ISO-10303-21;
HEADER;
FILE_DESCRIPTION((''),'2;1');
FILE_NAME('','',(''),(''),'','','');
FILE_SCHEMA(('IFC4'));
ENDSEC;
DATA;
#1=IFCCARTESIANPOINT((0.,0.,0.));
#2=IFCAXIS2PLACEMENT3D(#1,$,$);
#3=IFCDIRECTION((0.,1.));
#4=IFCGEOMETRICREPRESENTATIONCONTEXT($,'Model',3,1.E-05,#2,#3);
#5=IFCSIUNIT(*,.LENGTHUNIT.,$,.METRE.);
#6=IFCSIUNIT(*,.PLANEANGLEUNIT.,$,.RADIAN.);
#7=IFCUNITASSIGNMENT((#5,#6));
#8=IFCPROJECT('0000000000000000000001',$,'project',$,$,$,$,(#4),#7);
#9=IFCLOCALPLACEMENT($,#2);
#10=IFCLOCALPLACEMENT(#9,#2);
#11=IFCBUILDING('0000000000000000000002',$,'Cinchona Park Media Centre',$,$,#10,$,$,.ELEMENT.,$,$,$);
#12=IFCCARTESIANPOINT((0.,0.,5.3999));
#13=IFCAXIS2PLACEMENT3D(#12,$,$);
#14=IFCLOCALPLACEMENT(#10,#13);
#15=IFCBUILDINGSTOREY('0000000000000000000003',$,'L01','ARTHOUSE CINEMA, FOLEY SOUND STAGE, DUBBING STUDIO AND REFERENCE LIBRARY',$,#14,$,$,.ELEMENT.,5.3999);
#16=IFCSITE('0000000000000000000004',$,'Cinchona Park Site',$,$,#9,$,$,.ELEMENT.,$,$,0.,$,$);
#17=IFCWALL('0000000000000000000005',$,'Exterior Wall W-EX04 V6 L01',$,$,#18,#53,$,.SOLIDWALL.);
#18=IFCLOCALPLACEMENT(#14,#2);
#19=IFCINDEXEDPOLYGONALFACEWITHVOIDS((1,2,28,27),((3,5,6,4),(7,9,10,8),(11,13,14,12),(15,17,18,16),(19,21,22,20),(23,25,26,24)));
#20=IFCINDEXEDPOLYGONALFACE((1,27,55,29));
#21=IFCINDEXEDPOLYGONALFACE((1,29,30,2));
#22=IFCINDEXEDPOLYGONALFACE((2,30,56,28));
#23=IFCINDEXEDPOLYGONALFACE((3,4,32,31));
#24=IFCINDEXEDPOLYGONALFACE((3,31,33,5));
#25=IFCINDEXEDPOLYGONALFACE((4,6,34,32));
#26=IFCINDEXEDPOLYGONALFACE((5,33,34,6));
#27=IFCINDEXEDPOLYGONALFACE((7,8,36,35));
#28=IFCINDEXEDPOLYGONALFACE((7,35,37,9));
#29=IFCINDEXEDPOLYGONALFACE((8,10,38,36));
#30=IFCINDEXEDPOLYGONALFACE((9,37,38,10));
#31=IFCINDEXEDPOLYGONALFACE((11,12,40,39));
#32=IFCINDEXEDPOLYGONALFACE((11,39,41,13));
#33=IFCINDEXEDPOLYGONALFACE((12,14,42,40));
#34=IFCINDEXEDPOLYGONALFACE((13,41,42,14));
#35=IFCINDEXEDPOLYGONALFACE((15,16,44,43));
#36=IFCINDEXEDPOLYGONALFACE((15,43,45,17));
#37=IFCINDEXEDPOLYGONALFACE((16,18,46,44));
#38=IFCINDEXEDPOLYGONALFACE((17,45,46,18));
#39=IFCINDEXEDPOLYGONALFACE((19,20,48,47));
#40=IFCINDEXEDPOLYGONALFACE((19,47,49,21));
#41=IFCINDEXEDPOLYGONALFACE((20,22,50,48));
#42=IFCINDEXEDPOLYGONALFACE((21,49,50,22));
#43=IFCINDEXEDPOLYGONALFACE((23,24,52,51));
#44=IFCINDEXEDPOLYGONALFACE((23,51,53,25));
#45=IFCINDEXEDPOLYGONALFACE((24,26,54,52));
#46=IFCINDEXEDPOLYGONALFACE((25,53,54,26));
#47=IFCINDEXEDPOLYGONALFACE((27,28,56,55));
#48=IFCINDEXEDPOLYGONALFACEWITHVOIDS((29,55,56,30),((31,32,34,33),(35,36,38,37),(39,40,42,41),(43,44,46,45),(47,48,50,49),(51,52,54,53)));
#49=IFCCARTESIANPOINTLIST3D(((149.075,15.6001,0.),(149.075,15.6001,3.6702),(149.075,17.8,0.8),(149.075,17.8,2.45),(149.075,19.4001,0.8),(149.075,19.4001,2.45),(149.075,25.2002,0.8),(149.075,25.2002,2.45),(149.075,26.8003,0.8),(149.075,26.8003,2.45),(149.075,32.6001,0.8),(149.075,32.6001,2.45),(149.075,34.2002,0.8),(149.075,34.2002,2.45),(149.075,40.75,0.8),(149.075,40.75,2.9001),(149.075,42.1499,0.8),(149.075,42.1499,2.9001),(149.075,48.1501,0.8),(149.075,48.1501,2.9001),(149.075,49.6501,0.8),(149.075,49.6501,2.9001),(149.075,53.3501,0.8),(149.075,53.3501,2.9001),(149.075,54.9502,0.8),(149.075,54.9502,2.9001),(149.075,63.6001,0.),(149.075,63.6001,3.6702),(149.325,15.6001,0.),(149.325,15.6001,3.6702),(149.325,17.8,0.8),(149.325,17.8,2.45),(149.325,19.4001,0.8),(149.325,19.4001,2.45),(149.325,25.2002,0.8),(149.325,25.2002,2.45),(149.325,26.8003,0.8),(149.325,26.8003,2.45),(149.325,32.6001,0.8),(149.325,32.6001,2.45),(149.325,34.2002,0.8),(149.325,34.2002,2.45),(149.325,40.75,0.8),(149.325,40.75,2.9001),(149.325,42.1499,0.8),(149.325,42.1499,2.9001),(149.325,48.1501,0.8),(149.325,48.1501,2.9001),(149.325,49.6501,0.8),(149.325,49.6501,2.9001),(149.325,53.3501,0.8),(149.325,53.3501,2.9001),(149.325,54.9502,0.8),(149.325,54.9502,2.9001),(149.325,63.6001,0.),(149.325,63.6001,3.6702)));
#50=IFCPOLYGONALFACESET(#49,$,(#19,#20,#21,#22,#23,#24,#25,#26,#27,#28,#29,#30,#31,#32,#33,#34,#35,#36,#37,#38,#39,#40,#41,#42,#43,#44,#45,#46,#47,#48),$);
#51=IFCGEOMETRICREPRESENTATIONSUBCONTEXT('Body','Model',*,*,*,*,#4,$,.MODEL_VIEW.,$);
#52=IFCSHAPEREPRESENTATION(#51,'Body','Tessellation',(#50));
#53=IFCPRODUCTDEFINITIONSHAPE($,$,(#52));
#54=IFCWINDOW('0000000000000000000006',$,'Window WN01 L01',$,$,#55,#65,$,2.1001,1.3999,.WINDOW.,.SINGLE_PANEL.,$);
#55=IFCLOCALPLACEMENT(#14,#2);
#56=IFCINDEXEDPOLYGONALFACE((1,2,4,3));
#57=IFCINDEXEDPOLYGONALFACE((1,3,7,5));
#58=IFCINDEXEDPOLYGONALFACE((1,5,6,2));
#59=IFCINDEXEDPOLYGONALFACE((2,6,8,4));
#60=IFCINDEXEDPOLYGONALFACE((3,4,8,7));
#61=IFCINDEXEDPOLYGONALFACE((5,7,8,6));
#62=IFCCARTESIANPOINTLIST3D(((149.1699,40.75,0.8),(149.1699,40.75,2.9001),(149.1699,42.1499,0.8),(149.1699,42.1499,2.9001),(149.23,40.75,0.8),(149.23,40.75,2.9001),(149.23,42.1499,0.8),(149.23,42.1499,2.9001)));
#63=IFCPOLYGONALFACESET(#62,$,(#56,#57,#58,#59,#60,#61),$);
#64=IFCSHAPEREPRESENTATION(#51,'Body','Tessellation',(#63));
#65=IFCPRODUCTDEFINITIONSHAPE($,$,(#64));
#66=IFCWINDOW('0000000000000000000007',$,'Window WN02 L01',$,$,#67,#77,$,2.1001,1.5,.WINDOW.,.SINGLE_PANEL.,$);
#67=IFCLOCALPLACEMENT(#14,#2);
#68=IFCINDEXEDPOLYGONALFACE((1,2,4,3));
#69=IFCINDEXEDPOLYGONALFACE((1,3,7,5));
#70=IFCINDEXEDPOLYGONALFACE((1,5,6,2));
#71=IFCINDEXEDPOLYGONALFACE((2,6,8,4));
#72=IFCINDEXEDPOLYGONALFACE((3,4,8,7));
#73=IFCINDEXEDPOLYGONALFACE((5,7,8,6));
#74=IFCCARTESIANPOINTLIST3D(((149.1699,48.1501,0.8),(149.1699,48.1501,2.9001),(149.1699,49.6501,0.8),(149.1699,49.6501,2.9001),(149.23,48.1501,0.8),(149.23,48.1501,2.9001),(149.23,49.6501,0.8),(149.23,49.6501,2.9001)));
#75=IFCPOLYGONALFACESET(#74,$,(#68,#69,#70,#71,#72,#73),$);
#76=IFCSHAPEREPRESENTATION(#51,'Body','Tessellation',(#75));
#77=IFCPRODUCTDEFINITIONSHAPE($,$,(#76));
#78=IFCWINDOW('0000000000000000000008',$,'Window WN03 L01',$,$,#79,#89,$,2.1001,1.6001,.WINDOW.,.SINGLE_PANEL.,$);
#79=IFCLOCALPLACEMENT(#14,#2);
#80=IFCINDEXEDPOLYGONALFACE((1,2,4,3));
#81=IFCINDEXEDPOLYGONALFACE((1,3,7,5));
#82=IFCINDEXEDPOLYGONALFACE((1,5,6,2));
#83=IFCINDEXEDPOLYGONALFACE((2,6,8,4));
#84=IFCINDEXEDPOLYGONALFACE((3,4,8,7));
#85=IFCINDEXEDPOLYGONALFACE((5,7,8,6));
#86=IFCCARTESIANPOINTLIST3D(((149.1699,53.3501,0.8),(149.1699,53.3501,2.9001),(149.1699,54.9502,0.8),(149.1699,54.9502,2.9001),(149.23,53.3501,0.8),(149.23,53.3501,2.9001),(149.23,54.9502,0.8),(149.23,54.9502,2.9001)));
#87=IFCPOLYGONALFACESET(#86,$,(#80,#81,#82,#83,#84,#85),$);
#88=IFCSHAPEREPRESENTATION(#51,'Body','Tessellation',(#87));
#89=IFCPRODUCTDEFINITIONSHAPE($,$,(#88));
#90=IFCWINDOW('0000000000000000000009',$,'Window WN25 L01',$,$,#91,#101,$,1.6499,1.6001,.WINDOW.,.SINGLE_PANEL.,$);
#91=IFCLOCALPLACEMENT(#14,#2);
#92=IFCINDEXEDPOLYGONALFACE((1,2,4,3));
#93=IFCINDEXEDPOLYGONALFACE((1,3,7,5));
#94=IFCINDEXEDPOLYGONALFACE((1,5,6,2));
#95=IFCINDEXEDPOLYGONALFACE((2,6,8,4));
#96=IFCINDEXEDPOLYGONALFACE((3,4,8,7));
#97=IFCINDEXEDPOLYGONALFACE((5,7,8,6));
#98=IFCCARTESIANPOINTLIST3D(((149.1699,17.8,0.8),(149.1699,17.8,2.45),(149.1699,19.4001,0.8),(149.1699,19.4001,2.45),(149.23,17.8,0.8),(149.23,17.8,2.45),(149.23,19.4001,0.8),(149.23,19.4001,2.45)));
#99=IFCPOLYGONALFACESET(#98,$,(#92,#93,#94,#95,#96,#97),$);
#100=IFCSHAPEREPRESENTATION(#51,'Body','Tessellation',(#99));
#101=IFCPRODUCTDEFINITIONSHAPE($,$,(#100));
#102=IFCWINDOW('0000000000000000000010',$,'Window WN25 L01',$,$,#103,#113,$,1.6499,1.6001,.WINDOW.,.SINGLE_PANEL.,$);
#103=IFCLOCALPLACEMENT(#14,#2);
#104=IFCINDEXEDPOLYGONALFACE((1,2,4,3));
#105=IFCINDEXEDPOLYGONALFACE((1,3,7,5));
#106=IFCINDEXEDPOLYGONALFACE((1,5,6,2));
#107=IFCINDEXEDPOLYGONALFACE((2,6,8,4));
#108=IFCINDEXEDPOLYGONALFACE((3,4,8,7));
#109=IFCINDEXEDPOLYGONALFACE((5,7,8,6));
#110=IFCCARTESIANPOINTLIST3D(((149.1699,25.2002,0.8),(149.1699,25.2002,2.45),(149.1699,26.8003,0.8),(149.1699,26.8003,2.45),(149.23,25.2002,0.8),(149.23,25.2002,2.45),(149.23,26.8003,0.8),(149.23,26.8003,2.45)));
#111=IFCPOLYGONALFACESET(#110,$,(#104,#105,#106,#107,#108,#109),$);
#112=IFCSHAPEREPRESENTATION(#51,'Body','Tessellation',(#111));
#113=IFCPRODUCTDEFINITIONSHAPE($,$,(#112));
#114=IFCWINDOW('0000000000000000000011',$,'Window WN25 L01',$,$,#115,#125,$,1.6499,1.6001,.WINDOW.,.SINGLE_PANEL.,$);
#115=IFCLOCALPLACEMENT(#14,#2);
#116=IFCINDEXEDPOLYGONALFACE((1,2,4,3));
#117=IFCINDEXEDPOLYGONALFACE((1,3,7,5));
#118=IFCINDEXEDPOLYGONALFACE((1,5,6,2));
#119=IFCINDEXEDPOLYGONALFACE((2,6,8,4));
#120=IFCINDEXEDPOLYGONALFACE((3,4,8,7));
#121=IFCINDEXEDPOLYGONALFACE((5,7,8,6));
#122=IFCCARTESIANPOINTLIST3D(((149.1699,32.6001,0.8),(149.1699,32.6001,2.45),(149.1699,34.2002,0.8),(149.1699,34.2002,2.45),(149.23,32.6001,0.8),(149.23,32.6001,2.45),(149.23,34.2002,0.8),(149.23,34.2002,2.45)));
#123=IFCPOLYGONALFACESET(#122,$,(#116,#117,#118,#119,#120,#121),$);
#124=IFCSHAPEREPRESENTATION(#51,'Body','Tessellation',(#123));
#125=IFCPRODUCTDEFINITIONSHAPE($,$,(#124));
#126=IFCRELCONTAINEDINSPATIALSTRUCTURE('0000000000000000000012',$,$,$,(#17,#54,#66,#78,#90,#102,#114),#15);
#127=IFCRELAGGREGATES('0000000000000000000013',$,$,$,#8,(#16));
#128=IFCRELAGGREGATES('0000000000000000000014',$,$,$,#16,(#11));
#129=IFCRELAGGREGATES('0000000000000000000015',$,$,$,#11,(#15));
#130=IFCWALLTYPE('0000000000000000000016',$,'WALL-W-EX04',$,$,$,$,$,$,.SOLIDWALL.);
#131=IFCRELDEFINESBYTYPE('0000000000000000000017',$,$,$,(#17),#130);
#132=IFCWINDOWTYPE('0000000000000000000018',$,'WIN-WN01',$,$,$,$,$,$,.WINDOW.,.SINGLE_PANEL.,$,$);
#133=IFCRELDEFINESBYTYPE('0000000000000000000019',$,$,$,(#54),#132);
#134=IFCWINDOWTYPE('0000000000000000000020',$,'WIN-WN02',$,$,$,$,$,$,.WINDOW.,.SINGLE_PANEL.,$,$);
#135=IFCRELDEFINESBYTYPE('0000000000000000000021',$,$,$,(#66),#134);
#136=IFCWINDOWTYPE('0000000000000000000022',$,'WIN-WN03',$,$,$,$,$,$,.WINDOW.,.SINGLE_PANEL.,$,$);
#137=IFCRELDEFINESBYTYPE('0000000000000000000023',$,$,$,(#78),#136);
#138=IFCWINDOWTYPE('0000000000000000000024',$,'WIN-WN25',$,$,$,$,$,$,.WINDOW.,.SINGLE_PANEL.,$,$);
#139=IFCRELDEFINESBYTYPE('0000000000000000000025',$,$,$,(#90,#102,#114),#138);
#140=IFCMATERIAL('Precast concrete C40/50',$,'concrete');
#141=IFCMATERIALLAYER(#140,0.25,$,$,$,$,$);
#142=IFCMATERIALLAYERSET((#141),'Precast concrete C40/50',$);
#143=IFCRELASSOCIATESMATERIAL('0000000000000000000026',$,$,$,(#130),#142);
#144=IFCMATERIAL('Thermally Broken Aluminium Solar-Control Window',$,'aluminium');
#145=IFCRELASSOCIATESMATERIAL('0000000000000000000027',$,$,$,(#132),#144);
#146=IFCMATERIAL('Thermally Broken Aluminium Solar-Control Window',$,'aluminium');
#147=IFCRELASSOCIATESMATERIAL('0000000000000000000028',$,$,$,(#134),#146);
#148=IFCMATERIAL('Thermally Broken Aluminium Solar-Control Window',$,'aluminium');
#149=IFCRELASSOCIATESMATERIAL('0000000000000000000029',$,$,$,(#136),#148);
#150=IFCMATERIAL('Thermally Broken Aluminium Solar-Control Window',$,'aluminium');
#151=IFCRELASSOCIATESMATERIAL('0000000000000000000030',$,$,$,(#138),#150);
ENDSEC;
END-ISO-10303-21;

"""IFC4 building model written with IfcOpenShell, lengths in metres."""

from ifc_helpers import new_model, si_unit, direction, frame, frame_2d, origin, place, context, subcontext, project, spatial, rectangle, extrude, material, layer, layer_set, type_object, element, fill, save


model = new_model("IFC4")

# Units and contexts
model_context = context("Model", 3, precision=1e-05, world=origin(), true_north=direction((0.0, 1.0)))
body_context = subcontext(model_context, "Body", "Model", "MODEL_VIEW")
ifc_project = project(units=[si_unit("LENGTHUNIT", "METRE"), si_unit("PLANEANGLEUNIT", "RADIAN")], contexts=[model_context])

# Site, building, storey
site_placement = place(None, origin())
site = spatial("IfcSite", under=ifc_project, at=site_placement, Name="Cinchona Park Site", CompositionType="ELEMENT", RefElevation=0.0)
building_placement = place(site_placement, origin())
building = spatial("IfcBuilding", under=site, at=building_placement, Name="Cinchona Park Media Centre", CompositionType="ELEMENT")
storey_placement = place(building_placement, frame((0.0, 0.0, 5.3999)))
storey = spatial("IfcBuildingStorey", under=building, at=storey_placement, Name="L01", Description="ARTHOUSE CINEMA, FOLEY SOUND STAGE, DUBBING STUDIO AND REFERENCE LIBRARY", CompositionType="ELEMENT", Elevation=5.3999)

# Wall, openings, windows
ifc_material_1 = material(Name="Precast concrete C40/50", Category="concrete")
ifc_layer_1 = layer(ifc_material_1, 0.25)
ifc_layer_set_1 = layer_set([ifc_layer_1], Name="Precast concrete C40/50")
wall_type = type_object("IfcWallType", Name="WALL-W-EX04", PredefinedType="SOLIDWALL", material=ifc_layer_set_1)
wall_placement = place(storey_placement, frame((149.2, 15.6001, 0.0), z_axis=(0.0, 0.0, 1.0), x_axis=(0.0, 1.0, 0.0)))
wall = element("IfcWall", 1, at=wall_placement, inside=storey, type_object=wall_type, Name="Exterior Wall W-EX04 V6 L01", PredefinedType="SOLIDWALL", context=body_context, shape_type="SweptSolid", body=[
    extrude(rectangle(XDim=48.0, YDim=0.25, at=frame_2d((24.0, 0.0))), origin(), (0.0, 0.0, 1.0), 3.6702),
])
opening_1_placement = place(wall_placement, frame((2.2, 0.0, 0.8)))
opening_1 = element("IfcOpeningElement", 2, at=opening_1_placement, cuts=wall, PredefinedType="OPENING", context=body_context, shape_type="SweptSolid", body=[
    extrude(rectangle(XDim=1.6001, YDim=1.6499, at=frame_2d((0.8, 0.825))), frame((0.0, 0.135, 0.0), z_axis=(0.0, -1.0, 0.0), x_axis=(1.0, 0.0, 0.0)), (0.0, 0.0, 1.0), 0.27),
])
opening_2_placement = place(wall_placement, frame((9.6001, 0.0, 0.8)))
opening_2 = element("IfcOpeningElement", 3, at=opening_2_placement, cuts=wall, PredefinedType="OPENING", context=body_context, shape_type="SweptSolid", body=[
    extrude(rectangle(XDim=1.6001, YDim=1.6499, at=frame_2d((0.8, 0.825))), frame((0.0, 0.135, 0.0), z_axis=(0.0, -1.0, 0.0), x_axis=(1.0, 0.0, 0.0)), (0.0, 0.0, 1.0), 0.27),
])
opening_3_placement = place(wall_placement, frame((17.0, 0.0, 0.8)))
opening_3 = element("IfcOpeningElement", 4, at=opening_3_placement, cuts=wall, PredefinedType="OPENING", context=body_context, shape_type="SweptSolid", body=[
    extrude(rectangle(XDim=1.6001, YDim=1.6499, at=frame_2d((0.8, 0.825))), frame((0.0, 0.135, 0.0), z_axis=(0.0, -1.0, 0.0), x_axis=(1.0, 0.0, 0.0)), (0.0, 0.0, 1.0), 0.27),
])
opening_4_placement = place(wall_placement, frame((25.1499, 0.0, 0.8)))
opening_4 = element("IfcOpeningElement", 5, at=opening_4_placement, cuts=wall, PredefinedType="OPENING", context=body_context, shape_type="SweptSolid", body=[
    extrude(rectangle(XDim=1.3999, YDim=2.1001, at=frame_2d((0.7, 1.05))), frame((0.0, 0.135, 0.0), z_axis=(0.0, -1.0, 0.0), x_axis=(1.0, 0.0, 0.0)), (0.0, 0.0, 1.0), 0.27),
])
opening_5_placement = place(wall_placement, frame((32.55, 0.0, 0.8)))
opening_5 = element("IfcOpeningElement", 6, at=opening_5_placement, cuts=wall, PredefinedType="OPENING", context=body_context, shape_type="SweptSolid", body=[
    extrude(rectangle(XDim=1.5, YDim=2.1001, at=frame_2d((0.75, 1.05))), frame((0.0, 0.135, 0.0), z_axis=(0.0, -1.0, 0.0), x_axis=(1.0, 0.0, 0.0)), (0.0, 0.0, 1.0), 0.27),
])
opening_6_placement = place(wall_placement, frame((37.75, 0.0, 0.8)))
opening_6 = element("IfcOpeningElement", 7, at=opening_6_placement, cuts=wall, PredefinedType="OPENING", context=body_context, shape_type="SweptSolid", body=[
    extrude(rectangle(XDim=1.6001, YDim=2.1001, at=frame_2d((0.8, 1.05))), frame((0.0, 0.135, 0.0), z_axis=(0.0, -1.0, 0.0), x_axis=(1.0, 0.0, 0.0)), (0.0, 0.0, 1.0), 0.27),
])
ifc_material_2 = material(Name="Thermally Broken Aluminium Solar-Control Window", Category="aluminium")
window_type_1 = type_object("IfcWindowType", Name="WIN-WN01", PartitioningType="SINGLE_PANEL", PredefinedType="WINDOW", material=ifc_material_2)
window_1_placement = place(opening_4_placement, origin())
window_1 = element("IfcWindow", 8, at=window_1_placement, inside=storey, type_object=window_type_1, Name="Window WN01 L01", OverallHeight=2.1001, OverallWidth=1.3999, PartitioningType="SINGLE_PANEL", PredefinedType="WINDOW", context=body_context, shape_type="SweptSolid", body=[
    extrude(rectangle(XDim=1.3999, YDim=2.1001, at=frame_2d((0.7, 1.05))), frame((0.0, 0.03, 0.0), z_axis=(0.0, -1.0, 0.0), x_axis=(1.0, 0.0, 0.0)), (0.0, 0.0, 1.0), 0.0601),
])
fill(opening_4, window_1)
ifc_material_3 = material(Name="Thermally Broken Aluminium Solar-Control Window", Category="aluminium")
window_type_2 = type_object("IfcWindowType", Name="WIN-WN02", PartitioningType="SINGLE_PANEL", PredefinedType="WINDOW", material=ifc_material_3)
window_2_placement = place(opening_5_placement, origin())
window_2 = element("IfcWindow", 9, at=window_2_placement, inside=storey, type_object=window_type_2, Name="Window WN02 L01", OverallHeight=2.1001, OverallWidth=1.5, PartitioningType="SINGLE_PANEL", PredefinedType="WINDOW", context=body_context, shape_type="SweptSolid", body=[
    extrude(rectangle(XDim=1.5, YDim=2.1001, at=frame_2d((0.75, 1.05))), frame((0.0, 0.03, 0.0), z_axis=(0.0, -1.0, 0.0), x_axis=(1.0, 0.0, 0.0)), (0.0, 0.0, 1.0), 0.0601),
])
fill(opening_5, window_2)
ifc_material_4 = material(Name="Thermally Broken Aluminium Solar-Control Window", Category="aluminium")
window_type_3 = type_object("IfcWindowType", Name="WIN-WN03", PartitioningType="SINGLE_PANEL", PredefinedType="WINDOW", material=ifc_material_4)
window_3_placement = place(opening_6_placement, origin())
window_3 = element("IfcWindow", 10, at=window_3_placement, inside=storey, type_object=window_type_3, Name="Window WN03 L01", OverallHeight=2.1001, OverallWidth=1.6001, PartitioningType="SINGLE_PANEL", PredefinedType="WINDOW", context=body_context, shape_type="SweptSolid", body=[
    extrude(rectangle(XDim=1.6001, YDim=2.1001, at=frame_2d((0.8, 1.05))), frame((0.0, 0.03, 0.0), z_axis=(0.0, -1.0, 0.0), x_axis=(1.0, 0.0, 0.0)), (0.0, 0.0, 1.0), 0.0601),
])
fill(opening_6, window_3)
ifc_material_5 = material(Name="Thermally Broken Aluminium Solar-Control Window", Category="aluminium")
window_type_4 = type_object("IfcWindowType", Name="WIN-WN25", PartitioningType="SINGLE_PANEL", PredefinedType="WINDOW", material=ifc_material_5)
window_4_placement = place(opening_1_placement, origin())
window_4 = element("IfcWindow", 11, at=window_4_placement, inside=storey, type_object=window_type_4, Name="Window WN25 L01", OverallHeight=1.6499, OverallWidth=1.6001, PartitioningType="SINGLE_PANEL", PredefinedType="WINDOW", context=body_context, shape_type="SweptSolid", body=[
    extrude(rectangle(XDim=1.6001, YDim=1.6499, at=frame_2d((0.8, 0.825))), frame((0.0, 0.03, 0.0), z_axis=(0.0, -1.0, 0.0), x_axis=(1.0, 0.0, 0.0)), (0.0, 0.0, 1.0), 0.0601),
])
fill(opening_1, window_4)
window_5_placement = place(opening_2_placement, origin())
window_5 = element("IfcWindow", 12, at=window_5_placement, inside=storey, type_object=window_type_4, Name="Window WN25 L01", OverallHeight=1.6499, OverallWidth=1.6001, PartitioningType="SINGLE_PANEL", PredefinedType="WINDOW", context=body_context, shape_type="SweptSolid", body=[
    extrude(rectangle(XDim=1.6001, YDim=1.6499, at=frame_2d((0.8, 0.825))), frame((0.0, 0.03, 0.0), z_axis=(0.0, -1.0, 0.0), x_axis=(1.0, 0.0, 0.0)), (0.0, 0.0, 1.0), 0.0601),
])
fill(opening_2, window_5)
window_6_placement = place(opening_3_placement, origin())
window_6 = element("IfcWindow", 13, at=window_6_placement, inside=storey, type_object=window_type_4, Name="Window WN25 L01", OverallHeight=1.6499, OverallWidth=1.6001, PartitioningType="SINGLE_PANEL", PredefinedType="WINDOW", context=body_context, shape_type="SweptSolid", body=[
    extrude(rectangle(XDim=1.6001, YDim=1.6499, at=frame_2d((0.8, 0.825))), frame((0.0, 0.03, 0.0), z_axis=(0.0, -1.0, 0.0), x_axis=(1.0, 0.0, 0.0)), (0.0, 0.0, 1.0), 0.0601),
])
fill(opening_3, window_6)

save(model, "model.ifc")
